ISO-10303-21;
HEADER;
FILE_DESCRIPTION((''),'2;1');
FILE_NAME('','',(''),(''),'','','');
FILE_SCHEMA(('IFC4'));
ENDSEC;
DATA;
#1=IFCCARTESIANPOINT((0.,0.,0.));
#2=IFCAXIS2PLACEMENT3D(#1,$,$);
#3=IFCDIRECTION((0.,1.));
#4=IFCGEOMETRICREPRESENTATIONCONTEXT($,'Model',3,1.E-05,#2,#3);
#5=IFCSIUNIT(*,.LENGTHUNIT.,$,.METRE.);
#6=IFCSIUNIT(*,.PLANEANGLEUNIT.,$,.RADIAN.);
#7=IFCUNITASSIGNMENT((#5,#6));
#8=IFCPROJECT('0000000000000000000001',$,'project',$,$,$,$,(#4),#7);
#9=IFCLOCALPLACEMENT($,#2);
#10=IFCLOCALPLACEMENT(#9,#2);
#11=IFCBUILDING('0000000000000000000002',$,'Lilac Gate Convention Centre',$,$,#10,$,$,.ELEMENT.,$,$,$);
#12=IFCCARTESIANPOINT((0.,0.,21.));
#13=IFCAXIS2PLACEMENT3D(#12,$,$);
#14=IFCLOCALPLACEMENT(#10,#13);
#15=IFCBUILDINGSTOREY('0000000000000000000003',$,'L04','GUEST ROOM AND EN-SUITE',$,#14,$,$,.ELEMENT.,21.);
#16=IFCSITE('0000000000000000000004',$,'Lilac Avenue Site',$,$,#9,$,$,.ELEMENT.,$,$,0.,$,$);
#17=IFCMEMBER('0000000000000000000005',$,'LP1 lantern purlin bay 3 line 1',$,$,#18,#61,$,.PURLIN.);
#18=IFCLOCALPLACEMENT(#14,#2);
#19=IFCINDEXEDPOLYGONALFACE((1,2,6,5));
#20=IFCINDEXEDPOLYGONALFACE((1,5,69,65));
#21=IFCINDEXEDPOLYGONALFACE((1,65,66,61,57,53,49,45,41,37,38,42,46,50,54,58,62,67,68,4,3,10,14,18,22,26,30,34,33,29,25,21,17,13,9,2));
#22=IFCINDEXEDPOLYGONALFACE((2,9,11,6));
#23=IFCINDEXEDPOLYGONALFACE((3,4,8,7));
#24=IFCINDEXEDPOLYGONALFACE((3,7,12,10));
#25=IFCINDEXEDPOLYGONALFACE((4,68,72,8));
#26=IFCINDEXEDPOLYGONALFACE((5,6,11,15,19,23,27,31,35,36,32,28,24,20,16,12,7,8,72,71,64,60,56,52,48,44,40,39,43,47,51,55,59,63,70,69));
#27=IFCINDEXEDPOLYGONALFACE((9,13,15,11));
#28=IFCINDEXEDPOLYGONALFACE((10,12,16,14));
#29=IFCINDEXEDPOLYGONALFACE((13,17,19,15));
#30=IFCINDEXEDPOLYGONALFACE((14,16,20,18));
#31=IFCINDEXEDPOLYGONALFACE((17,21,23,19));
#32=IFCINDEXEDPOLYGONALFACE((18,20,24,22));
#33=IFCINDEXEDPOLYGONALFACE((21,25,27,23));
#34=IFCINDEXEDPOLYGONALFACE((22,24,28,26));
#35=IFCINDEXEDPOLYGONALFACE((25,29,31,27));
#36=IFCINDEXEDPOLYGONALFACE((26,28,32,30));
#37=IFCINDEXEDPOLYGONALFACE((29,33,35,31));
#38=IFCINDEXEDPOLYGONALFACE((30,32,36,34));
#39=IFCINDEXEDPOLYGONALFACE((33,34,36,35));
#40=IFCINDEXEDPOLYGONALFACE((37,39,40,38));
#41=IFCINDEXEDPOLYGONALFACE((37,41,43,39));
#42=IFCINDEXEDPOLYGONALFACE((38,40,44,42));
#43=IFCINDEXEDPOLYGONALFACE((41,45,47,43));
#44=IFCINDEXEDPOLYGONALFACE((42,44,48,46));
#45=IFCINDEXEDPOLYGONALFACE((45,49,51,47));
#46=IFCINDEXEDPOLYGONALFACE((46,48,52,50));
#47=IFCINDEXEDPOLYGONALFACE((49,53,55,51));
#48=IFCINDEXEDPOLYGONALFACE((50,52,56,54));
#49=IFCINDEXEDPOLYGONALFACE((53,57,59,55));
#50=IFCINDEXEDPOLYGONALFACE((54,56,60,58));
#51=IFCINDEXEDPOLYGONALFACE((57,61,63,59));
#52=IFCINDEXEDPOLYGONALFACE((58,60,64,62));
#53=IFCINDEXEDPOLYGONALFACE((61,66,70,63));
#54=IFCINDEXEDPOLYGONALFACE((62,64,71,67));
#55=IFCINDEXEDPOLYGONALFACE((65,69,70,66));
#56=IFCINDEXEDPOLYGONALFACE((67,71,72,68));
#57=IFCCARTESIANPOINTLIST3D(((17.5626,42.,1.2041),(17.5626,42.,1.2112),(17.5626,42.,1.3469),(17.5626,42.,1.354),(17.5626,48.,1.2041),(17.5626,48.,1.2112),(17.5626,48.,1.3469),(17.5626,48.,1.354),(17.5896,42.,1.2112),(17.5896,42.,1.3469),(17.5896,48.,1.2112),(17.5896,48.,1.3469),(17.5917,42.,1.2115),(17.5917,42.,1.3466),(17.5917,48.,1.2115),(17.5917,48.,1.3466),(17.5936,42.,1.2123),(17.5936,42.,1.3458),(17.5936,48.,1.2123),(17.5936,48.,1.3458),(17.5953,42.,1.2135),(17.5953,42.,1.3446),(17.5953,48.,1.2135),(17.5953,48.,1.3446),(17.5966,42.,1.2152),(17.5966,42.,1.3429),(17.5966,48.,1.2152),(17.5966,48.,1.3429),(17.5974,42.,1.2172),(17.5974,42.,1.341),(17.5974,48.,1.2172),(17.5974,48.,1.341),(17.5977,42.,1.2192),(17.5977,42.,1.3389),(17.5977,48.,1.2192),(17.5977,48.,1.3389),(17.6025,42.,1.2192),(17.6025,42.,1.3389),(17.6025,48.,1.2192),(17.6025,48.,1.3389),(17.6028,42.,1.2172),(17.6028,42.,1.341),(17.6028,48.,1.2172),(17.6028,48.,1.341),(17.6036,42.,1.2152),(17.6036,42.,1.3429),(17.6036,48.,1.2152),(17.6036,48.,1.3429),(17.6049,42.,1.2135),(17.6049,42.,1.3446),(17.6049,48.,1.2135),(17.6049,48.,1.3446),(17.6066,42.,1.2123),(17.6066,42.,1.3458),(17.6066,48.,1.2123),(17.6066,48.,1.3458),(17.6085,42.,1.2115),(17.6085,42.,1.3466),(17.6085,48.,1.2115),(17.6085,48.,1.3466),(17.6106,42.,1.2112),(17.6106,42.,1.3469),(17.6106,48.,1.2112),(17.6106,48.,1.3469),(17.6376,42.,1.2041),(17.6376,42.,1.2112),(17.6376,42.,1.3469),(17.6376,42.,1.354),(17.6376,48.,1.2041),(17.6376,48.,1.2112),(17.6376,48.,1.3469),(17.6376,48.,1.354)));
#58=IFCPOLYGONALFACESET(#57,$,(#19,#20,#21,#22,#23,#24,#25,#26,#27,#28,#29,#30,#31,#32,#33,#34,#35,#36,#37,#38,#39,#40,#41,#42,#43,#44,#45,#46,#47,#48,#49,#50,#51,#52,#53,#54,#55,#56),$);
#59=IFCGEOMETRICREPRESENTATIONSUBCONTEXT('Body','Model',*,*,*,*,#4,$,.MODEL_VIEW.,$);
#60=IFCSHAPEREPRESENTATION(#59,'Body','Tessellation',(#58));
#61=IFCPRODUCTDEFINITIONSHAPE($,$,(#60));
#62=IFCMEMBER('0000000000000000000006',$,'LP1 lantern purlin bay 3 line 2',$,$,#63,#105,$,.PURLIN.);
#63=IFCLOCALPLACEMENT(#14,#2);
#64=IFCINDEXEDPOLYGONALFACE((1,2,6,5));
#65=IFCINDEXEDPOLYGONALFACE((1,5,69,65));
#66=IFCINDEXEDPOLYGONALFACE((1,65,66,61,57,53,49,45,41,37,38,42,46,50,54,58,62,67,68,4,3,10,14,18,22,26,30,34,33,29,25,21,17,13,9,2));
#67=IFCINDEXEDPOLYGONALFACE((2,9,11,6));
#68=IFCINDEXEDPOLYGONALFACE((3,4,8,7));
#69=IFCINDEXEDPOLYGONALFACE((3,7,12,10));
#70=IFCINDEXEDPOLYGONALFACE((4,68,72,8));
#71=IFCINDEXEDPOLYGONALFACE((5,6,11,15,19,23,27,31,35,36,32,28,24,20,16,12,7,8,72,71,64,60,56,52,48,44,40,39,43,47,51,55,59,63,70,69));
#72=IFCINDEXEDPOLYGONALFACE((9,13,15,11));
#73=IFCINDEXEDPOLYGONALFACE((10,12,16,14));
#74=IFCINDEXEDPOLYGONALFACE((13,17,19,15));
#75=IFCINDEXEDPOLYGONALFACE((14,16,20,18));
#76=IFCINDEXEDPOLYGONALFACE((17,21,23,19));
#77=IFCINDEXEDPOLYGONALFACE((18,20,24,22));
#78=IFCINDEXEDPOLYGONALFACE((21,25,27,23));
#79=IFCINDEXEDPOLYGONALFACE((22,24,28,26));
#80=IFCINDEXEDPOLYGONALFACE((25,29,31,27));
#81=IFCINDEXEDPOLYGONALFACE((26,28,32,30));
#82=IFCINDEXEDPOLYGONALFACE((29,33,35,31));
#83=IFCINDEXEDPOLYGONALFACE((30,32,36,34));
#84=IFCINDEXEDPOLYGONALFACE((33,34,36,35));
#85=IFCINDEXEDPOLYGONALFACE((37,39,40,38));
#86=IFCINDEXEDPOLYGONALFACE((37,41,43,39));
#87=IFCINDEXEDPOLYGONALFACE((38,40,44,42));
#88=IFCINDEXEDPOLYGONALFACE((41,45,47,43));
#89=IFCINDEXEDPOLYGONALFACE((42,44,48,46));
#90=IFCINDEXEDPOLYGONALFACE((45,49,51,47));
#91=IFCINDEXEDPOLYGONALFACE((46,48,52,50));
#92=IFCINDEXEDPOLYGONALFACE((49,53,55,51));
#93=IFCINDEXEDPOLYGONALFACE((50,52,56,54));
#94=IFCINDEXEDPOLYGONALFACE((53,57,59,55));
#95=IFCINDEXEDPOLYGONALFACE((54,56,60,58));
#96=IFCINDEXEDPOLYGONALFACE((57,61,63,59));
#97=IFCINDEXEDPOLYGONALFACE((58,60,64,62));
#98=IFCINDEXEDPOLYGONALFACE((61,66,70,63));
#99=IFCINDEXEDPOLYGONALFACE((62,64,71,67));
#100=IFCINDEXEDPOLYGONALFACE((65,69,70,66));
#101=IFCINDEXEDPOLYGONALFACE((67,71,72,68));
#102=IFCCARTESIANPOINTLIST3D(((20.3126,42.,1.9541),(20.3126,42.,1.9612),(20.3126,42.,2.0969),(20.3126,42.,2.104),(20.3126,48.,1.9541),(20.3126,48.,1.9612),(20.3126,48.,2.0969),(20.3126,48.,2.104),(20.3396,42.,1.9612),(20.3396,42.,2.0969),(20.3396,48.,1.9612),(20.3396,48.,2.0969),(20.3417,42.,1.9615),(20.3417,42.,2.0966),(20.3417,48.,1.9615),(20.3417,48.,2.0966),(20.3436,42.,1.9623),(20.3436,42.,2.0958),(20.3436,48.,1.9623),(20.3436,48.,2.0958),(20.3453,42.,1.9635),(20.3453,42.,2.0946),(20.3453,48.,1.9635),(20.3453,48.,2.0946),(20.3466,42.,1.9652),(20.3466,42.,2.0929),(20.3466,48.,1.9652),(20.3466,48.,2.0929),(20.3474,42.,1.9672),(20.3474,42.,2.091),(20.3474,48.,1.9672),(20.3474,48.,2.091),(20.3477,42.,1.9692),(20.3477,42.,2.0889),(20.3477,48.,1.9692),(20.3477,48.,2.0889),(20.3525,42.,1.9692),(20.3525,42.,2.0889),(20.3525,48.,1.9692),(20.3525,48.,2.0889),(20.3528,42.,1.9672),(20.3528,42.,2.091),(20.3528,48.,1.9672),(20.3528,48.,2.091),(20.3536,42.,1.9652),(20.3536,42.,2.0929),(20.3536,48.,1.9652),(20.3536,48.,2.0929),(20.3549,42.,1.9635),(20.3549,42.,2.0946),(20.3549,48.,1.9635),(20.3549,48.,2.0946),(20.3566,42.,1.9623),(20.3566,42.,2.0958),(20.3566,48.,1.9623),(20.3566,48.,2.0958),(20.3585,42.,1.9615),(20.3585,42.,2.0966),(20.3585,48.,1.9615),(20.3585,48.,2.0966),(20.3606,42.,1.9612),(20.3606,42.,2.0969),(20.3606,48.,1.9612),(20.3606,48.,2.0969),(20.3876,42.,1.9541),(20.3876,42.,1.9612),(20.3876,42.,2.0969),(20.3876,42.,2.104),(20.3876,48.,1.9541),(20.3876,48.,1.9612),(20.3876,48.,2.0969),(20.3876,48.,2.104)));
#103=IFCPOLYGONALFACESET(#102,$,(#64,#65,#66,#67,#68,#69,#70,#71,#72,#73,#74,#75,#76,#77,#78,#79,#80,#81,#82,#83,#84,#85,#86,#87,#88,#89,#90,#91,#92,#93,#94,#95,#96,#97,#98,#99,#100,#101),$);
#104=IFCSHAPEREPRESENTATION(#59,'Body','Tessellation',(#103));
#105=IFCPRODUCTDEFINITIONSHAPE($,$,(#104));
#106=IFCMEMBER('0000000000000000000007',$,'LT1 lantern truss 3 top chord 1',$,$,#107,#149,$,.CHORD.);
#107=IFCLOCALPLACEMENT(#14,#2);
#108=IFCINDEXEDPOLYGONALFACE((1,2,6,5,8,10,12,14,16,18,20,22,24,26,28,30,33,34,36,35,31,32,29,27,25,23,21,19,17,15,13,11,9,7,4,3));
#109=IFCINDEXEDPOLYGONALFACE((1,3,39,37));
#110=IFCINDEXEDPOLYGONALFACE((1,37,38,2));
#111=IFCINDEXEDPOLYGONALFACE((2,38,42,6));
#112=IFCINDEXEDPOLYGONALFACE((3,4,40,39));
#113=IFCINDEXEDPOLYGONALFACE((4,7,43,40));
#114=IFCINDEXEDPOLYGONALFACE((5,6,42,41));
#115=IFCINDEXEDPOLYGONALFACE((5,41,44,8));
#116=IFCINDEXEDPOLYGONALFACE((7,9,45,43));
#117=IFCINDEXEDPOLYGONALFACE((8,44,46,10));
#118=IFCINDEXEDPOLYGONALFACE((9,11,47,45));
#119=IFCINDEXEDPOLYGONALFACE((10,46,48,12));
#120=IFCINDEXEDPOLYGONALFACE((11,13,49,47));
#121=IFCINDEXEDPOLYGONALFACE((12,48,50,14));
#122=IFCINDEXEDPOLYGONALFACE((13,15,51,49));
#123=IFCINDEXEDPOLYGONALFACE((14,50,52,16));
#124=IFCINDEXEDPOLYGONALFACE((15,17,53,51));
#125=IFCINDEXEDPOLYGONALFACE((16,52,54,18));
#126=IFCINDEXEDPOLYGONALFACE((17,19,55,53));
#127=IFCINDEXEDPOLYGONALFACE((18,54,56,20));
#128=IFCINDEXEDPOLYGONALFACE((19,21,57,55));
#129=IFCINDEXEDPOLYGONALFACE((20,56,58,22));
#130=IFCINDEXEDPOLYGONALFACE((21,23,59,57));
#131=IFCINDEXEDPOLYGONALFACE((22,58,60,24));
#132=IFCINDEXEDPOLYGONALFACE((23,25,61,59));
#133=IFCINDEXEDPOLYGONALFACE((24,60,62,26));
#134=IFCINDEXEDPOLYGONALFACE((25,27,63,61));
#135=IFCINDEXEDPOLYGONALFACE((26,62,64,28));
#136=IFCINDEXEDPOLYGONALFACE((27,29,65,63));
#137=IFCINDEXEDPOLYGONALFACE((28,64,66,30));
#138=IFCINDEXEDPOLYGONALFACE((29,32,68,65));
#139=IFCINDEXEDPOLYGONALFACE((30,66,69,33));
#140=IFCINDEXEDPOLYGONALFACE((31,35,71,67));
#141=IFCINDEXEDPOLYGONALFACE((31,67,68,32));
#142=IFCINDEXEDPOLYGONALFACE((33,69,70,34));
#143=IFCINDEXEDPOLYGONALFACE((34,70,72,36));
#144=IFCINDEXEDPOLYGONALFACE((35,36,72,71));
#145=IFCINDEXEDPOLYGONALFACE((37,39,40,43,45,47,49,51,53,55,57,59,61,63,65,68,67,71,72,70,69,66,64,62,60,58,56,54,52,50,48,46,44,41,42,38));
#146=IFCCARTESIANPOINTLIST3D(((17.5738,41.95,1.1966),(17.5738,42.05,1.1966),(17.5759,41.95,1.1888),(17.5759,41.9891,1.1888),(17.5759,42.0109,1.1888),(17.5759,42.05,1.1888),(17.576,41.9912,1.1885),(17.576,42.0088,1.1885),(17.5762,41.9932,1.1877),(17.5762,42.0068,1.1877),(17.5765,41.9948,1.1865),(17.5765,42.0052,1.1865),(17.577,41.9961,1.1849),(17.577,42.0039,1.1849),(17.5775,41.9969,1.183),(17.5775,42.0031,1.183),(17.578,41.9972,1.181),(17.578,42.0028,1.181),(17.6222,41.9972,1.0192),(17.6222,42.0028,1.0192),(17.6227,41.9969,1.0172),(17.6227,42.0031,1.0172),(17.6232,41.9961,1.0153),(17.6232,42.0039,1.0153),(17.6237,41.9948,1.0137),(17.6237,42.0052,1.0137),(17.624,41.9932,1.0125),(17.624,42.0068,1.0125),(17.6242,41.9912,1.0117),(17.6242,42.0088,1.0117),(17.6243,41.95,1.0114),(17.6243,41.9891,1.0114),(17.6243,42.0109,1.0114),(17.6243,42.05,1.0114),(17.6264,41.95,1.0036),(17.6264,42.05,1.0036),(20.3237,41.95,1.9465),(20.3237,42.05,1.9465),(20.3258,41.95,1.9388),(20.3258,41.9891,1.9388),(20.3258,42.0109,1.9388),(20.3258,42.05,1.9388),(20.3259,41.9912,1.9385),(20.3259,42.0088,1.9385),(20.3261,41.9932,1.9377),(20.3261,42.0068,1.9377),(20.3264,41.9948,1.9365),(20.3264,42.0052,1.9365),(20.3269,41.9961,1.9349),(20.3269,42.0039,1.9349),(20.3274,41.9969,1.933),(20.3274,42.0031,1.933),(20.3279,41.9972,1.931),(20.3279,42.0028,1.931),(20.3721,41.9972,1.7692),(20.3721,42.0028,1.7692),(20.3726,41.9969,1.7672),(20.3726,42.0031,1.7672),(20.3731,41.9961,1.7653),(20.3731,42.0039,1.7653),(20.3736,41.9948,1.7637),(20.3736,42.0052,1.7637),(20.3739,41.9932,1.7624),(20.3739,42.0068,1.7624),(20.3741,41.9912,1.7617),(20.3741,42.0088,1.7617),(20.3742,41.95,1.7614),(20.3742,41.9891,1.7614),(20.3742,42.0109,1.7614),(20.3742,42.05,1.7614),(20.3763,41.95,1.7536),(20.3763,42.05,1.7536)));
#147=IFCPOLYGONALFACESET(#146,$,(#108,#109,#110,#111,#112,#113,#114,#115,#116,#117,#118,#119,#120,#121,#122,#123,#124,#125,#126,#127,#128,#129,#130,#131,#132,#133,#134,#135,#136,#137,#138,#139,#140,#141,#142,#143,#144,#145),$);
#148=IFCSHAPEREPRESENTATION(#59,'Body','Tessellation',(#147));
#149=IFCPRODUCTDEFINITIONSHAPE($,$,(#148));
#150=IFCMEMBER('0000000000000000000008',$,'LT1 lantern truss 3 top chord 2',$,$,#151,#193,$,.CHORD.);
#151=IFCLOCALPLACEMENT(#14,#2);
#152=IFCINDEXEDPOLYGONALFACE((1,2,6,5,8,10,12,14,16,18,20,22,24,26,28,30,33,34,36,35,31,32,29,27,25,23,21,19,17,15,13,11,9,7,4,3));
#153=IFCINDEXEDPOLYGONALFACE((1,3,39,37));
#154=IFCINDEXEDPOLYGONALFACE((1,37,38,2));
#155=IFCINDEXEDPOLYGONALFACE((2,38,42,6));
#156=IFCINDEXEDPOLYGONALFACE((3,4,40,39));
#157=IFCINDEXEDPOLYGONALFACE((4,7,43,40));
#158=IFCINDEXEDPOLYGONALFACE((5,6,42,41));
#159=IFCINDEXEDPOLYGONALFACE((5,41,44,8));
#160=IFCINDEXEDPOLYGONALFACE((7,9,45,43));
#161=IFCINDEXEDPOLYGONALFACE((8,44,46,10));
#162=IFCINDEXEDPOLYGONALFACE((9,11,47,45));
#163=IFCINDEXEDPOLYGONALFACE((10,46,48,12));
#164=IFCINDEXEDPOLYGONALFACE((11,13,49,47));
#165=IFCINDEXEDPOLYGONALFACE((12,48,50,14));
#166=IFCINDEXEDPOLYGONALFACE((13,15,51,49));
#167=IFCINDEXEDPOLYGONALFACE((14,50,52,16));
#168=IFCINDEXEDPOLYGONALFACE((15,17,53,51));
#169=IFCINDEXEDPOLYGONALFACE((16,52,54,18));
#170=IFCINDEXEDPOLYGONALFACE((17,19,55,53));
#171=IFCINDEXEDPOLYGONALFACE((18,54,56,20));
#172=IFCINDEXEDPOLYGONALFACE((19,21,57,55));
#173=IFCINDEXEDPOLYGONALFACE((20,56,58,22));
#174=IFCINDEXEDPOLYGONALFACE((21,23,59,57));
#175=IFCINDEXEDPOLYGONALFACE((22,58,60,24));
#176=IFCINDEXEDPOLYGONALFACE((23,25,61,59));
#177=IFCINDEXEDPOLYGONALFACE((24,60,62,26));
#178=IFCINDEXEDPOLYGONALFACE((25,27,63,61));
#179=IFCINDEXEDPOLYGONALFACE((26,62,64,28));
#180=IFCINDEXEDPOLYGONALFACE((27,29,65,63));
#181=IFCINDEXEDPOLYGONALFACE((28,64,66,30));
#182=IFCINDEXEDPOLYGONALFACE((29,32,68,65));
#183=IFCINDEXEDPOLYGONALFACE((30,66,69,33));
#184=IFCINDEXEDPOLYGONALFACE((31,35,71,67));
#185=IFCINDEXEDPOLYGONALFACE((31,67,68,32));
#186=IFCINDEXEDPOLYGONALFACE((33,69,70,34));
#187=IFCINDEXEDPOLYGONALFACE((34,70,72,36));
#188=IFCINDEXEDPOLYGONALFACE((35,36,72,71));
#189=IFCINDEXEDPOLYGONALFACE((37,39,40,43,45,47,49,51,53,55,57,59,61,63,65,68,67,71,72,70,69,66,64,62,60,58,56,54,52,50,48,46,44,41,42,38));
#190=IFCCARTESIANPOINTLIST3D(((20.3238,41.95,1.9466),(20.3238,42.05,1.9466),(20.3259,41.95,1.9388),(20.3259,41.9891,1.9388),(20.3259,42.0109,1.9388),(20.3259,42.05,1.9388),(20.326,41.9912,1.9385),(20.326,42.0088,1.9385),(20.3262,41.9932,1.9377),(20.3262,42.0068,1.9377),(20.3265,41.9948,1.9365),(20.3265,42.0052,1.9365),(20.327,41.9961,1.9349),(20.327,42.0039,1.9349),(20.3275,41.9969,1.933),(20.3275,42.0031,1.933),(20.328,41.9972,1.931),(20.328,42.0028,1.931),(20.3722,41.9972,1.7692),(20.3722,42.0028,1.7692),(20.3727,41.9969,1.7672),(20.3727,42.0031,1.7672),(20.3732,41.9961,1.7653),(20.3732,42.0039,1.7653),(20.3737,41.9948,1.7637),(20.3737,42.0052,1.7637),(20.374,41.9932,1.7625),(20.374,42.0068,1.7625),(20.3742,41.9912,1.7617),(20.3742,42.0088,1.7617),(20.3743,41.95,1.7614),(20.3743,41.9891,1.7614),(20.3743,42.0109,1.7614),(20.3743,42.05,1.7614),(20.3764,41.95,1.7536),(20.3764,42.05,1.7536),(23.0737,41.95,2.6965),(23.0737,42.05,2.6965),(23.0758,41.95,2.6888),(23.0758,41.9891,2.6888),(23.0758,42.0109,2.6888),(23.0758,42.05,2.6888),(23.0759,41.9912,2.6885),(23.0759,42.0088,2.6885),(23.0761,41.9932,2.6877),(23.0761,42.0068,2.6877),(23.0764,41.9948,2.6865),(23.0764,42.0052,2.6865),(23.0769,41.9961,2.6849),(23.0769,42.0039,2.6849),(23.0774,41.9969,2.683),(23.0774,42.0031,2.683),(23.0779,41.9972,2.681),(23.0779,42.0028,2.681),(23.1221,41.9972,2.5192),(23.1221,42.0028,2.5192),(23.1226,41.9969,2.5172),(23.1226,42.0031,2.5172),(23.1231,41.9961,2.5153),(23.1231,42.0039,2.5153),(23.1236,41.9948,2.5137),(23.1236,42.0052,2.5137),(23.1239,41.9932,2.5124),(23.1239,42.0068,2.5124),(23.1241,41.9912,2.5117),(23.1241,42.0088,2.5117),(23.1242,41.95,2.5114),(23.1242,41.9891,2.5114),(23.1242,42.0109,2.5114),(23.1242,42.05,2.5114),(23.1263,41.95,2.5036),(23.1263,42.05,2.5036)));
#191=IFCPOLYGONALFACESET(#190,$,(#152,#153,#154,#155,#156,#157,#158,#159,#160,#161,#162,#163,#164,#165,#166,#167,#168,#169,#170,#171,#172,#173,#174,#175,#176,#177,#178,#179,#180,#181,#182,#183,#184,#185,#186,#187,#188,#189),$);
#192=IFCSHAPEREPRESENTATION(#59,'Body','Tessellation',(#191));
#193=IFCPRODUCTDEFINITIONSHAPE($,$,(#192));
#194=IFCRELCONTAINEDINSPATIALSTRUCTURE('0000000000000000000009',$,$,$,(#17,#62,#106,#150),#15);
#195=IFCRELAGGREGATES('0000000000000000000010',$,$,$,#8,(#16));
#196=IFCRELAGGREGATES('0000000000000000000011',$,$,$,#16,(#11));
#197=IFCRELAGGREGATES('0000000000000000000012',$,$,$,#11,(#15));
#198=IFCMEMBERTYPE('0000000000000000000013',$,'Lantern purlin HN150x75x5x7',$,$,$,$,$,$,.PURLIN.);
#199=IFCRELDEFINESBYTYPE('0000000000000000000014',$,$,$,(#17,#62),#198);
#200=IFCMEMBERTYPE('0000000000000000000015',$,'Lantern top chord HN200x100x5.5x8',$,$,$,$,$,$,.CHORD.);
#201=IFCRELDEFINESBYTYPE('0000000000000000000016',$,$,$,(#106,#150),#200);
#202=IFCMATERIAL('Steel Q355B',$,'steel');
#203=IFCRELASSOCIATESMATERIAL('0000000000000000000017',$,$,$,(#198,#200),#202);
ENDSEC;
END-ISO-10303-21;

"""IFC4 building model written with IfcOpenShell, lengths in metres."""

from ifc_helpers import new_model, si_unit, direction, frame, origin, origin_2d, place, context, subcontext, project, spatial, i_section, extrude, material, material_profile, profile_set, type_object, element, save


model = new_model("IFC4")

# Units and contexts
model_context = context("Model", 3, precision=1e-05, world=origin(), true_north=direction((0.0, 1.0)))
body_context = subcontext(model_context, "Body", "Model", "MODEL_VIEW")
ifc_project = project(units=[si_unit("LENGTHUNIT", "METRE"), si_unit("PLANEANGLEUNIT", "RADIAN")], contexts=[model_context])

# Site, building, storey
site_placement = place(None, origin())
site = spatial("IfcSite", under=ifc_project, at=site_placement, Name="Lilac Avenue Site", CompositionType="ELEMENT", RefElevation=0.0)
building_placement = place(site_placement, origin())
building = spatial("IfcBuilding", under=site, at=building_placement, Name="Lilac Gate Convention Centre", CompositionType="ELEMENT")
storey_placement = place(building_placement, frame((0.0, 0.0, 21.0)))
storey = spatial("IfcBuildingStorey", under=building, at=storey_placement, Name="L04", Description="GUEST ROOM AND EN-SUITE", CompositionType="ELEMENT", Elevation=21.0)

# Members
ifc_material_1 = material(Name="Steel Q355B", Category="steel")
ifc_material_profile_1 = material_profile(ifc_material_1, i_section(OverallWidth=0.075, OverallDepth=0.1499, WebThickness=0.0049, FlangeThickness=0.0071, FilletRadius=0.0081, at=origin_2d()), Name="HN150x75x5x7")
ifc_profile_set_1 = profile_set([ifc_material_profile_1], Name="Steel Q355B")
member_type_1 = type_object("IfcMemberType", Name="Lantern purlin HN150x75x5x7", PredefinedType="PURLIN", material=ifc_profile_set_1)
for number, where, z_axis, x_axis, name in (
    (1, (17.6001, 42.0, 1.2791), (0.0, 1.0, 0.0), (-1.0, 0.0, 0.0), "LP1 lantern purlin bay 3 line 1"),
    (2, (20.3501, 42.0, 2.0291), (0.0, 1.0, 0.0), (-1.0, 0.0, 0.0), "LP1 lantern purlin bay 3 line 2"),
):
    element("IfcMember", number, at=place(storey_placement, frame(where, z_axis=z_axis, x_axis=x_axis)), inside=storey, type_object=member_type_1, Name=name, PredefinedType="PURLIN", context=body_context, shape_type="SweptSolid", body=[
        extrude(i_section(OverallWidth=0.075, OverallDepth=0.1499, WebThickness=0.0049, FlangeThickness=0.0071, FilletRadius=0.0081, at=origin_2d()), origin(), (0.0, 0.0, 1.0), 6.0),
    ])
ifc_material_profile_2 = material_profile(ifc_material_1, i_section(OverallWidth=0.1001, OverallDepth=0.2, WebThickness=0.0056, FlangeThickness=0.0081, FilletRadius=0.0081, at=origin_2d()), Name="HN200x100x5.5x8")
ifc_profile_set_2 = profile_set([ifc_material_profile_2], Name="Steel Q355B")
member_type_2 = type_object("IfcMemberType", Name="Lantern top chord HN200x100x5.5x8", PredefinedType="CHORD", material=ifc_profile_set_2)
for number, where, z_axis, x_axis, name in (
    (3, (17.6001, 42.0, 1.1001), (0.964764, 0.0, 0.263117), (0.0, 1.0, 0.0), "LT1 lantern truss 3 top chord 1"),
    (4, (20.3501, 42.0, 1.8501), (0.964764, 0.0, 0.263117), (0.0, 1.0, 0.0), "LT1 lantern truss 3 top chord 2"),
):
    element("IfcMember", number, at=place(storey_placement, frame(where, z_axis=z_axis, x_axis=x_axis)), inside=storey, type_object=member_type_2, Name=name, PredefinedType="CHORD", context=body_context, shape_type="SweptSolid", body=[
        extrude(i_section(OverallWidth=0.1001, OverallDepth=0.2, WebThickness=0.0056, FlangeThickness=0.0081, FilletRadius=0.0081, at=origin_2d()), origin(), (0.0, 0.0, 1.0), 2.8503),
    ])

save(model, "model.ifc")
